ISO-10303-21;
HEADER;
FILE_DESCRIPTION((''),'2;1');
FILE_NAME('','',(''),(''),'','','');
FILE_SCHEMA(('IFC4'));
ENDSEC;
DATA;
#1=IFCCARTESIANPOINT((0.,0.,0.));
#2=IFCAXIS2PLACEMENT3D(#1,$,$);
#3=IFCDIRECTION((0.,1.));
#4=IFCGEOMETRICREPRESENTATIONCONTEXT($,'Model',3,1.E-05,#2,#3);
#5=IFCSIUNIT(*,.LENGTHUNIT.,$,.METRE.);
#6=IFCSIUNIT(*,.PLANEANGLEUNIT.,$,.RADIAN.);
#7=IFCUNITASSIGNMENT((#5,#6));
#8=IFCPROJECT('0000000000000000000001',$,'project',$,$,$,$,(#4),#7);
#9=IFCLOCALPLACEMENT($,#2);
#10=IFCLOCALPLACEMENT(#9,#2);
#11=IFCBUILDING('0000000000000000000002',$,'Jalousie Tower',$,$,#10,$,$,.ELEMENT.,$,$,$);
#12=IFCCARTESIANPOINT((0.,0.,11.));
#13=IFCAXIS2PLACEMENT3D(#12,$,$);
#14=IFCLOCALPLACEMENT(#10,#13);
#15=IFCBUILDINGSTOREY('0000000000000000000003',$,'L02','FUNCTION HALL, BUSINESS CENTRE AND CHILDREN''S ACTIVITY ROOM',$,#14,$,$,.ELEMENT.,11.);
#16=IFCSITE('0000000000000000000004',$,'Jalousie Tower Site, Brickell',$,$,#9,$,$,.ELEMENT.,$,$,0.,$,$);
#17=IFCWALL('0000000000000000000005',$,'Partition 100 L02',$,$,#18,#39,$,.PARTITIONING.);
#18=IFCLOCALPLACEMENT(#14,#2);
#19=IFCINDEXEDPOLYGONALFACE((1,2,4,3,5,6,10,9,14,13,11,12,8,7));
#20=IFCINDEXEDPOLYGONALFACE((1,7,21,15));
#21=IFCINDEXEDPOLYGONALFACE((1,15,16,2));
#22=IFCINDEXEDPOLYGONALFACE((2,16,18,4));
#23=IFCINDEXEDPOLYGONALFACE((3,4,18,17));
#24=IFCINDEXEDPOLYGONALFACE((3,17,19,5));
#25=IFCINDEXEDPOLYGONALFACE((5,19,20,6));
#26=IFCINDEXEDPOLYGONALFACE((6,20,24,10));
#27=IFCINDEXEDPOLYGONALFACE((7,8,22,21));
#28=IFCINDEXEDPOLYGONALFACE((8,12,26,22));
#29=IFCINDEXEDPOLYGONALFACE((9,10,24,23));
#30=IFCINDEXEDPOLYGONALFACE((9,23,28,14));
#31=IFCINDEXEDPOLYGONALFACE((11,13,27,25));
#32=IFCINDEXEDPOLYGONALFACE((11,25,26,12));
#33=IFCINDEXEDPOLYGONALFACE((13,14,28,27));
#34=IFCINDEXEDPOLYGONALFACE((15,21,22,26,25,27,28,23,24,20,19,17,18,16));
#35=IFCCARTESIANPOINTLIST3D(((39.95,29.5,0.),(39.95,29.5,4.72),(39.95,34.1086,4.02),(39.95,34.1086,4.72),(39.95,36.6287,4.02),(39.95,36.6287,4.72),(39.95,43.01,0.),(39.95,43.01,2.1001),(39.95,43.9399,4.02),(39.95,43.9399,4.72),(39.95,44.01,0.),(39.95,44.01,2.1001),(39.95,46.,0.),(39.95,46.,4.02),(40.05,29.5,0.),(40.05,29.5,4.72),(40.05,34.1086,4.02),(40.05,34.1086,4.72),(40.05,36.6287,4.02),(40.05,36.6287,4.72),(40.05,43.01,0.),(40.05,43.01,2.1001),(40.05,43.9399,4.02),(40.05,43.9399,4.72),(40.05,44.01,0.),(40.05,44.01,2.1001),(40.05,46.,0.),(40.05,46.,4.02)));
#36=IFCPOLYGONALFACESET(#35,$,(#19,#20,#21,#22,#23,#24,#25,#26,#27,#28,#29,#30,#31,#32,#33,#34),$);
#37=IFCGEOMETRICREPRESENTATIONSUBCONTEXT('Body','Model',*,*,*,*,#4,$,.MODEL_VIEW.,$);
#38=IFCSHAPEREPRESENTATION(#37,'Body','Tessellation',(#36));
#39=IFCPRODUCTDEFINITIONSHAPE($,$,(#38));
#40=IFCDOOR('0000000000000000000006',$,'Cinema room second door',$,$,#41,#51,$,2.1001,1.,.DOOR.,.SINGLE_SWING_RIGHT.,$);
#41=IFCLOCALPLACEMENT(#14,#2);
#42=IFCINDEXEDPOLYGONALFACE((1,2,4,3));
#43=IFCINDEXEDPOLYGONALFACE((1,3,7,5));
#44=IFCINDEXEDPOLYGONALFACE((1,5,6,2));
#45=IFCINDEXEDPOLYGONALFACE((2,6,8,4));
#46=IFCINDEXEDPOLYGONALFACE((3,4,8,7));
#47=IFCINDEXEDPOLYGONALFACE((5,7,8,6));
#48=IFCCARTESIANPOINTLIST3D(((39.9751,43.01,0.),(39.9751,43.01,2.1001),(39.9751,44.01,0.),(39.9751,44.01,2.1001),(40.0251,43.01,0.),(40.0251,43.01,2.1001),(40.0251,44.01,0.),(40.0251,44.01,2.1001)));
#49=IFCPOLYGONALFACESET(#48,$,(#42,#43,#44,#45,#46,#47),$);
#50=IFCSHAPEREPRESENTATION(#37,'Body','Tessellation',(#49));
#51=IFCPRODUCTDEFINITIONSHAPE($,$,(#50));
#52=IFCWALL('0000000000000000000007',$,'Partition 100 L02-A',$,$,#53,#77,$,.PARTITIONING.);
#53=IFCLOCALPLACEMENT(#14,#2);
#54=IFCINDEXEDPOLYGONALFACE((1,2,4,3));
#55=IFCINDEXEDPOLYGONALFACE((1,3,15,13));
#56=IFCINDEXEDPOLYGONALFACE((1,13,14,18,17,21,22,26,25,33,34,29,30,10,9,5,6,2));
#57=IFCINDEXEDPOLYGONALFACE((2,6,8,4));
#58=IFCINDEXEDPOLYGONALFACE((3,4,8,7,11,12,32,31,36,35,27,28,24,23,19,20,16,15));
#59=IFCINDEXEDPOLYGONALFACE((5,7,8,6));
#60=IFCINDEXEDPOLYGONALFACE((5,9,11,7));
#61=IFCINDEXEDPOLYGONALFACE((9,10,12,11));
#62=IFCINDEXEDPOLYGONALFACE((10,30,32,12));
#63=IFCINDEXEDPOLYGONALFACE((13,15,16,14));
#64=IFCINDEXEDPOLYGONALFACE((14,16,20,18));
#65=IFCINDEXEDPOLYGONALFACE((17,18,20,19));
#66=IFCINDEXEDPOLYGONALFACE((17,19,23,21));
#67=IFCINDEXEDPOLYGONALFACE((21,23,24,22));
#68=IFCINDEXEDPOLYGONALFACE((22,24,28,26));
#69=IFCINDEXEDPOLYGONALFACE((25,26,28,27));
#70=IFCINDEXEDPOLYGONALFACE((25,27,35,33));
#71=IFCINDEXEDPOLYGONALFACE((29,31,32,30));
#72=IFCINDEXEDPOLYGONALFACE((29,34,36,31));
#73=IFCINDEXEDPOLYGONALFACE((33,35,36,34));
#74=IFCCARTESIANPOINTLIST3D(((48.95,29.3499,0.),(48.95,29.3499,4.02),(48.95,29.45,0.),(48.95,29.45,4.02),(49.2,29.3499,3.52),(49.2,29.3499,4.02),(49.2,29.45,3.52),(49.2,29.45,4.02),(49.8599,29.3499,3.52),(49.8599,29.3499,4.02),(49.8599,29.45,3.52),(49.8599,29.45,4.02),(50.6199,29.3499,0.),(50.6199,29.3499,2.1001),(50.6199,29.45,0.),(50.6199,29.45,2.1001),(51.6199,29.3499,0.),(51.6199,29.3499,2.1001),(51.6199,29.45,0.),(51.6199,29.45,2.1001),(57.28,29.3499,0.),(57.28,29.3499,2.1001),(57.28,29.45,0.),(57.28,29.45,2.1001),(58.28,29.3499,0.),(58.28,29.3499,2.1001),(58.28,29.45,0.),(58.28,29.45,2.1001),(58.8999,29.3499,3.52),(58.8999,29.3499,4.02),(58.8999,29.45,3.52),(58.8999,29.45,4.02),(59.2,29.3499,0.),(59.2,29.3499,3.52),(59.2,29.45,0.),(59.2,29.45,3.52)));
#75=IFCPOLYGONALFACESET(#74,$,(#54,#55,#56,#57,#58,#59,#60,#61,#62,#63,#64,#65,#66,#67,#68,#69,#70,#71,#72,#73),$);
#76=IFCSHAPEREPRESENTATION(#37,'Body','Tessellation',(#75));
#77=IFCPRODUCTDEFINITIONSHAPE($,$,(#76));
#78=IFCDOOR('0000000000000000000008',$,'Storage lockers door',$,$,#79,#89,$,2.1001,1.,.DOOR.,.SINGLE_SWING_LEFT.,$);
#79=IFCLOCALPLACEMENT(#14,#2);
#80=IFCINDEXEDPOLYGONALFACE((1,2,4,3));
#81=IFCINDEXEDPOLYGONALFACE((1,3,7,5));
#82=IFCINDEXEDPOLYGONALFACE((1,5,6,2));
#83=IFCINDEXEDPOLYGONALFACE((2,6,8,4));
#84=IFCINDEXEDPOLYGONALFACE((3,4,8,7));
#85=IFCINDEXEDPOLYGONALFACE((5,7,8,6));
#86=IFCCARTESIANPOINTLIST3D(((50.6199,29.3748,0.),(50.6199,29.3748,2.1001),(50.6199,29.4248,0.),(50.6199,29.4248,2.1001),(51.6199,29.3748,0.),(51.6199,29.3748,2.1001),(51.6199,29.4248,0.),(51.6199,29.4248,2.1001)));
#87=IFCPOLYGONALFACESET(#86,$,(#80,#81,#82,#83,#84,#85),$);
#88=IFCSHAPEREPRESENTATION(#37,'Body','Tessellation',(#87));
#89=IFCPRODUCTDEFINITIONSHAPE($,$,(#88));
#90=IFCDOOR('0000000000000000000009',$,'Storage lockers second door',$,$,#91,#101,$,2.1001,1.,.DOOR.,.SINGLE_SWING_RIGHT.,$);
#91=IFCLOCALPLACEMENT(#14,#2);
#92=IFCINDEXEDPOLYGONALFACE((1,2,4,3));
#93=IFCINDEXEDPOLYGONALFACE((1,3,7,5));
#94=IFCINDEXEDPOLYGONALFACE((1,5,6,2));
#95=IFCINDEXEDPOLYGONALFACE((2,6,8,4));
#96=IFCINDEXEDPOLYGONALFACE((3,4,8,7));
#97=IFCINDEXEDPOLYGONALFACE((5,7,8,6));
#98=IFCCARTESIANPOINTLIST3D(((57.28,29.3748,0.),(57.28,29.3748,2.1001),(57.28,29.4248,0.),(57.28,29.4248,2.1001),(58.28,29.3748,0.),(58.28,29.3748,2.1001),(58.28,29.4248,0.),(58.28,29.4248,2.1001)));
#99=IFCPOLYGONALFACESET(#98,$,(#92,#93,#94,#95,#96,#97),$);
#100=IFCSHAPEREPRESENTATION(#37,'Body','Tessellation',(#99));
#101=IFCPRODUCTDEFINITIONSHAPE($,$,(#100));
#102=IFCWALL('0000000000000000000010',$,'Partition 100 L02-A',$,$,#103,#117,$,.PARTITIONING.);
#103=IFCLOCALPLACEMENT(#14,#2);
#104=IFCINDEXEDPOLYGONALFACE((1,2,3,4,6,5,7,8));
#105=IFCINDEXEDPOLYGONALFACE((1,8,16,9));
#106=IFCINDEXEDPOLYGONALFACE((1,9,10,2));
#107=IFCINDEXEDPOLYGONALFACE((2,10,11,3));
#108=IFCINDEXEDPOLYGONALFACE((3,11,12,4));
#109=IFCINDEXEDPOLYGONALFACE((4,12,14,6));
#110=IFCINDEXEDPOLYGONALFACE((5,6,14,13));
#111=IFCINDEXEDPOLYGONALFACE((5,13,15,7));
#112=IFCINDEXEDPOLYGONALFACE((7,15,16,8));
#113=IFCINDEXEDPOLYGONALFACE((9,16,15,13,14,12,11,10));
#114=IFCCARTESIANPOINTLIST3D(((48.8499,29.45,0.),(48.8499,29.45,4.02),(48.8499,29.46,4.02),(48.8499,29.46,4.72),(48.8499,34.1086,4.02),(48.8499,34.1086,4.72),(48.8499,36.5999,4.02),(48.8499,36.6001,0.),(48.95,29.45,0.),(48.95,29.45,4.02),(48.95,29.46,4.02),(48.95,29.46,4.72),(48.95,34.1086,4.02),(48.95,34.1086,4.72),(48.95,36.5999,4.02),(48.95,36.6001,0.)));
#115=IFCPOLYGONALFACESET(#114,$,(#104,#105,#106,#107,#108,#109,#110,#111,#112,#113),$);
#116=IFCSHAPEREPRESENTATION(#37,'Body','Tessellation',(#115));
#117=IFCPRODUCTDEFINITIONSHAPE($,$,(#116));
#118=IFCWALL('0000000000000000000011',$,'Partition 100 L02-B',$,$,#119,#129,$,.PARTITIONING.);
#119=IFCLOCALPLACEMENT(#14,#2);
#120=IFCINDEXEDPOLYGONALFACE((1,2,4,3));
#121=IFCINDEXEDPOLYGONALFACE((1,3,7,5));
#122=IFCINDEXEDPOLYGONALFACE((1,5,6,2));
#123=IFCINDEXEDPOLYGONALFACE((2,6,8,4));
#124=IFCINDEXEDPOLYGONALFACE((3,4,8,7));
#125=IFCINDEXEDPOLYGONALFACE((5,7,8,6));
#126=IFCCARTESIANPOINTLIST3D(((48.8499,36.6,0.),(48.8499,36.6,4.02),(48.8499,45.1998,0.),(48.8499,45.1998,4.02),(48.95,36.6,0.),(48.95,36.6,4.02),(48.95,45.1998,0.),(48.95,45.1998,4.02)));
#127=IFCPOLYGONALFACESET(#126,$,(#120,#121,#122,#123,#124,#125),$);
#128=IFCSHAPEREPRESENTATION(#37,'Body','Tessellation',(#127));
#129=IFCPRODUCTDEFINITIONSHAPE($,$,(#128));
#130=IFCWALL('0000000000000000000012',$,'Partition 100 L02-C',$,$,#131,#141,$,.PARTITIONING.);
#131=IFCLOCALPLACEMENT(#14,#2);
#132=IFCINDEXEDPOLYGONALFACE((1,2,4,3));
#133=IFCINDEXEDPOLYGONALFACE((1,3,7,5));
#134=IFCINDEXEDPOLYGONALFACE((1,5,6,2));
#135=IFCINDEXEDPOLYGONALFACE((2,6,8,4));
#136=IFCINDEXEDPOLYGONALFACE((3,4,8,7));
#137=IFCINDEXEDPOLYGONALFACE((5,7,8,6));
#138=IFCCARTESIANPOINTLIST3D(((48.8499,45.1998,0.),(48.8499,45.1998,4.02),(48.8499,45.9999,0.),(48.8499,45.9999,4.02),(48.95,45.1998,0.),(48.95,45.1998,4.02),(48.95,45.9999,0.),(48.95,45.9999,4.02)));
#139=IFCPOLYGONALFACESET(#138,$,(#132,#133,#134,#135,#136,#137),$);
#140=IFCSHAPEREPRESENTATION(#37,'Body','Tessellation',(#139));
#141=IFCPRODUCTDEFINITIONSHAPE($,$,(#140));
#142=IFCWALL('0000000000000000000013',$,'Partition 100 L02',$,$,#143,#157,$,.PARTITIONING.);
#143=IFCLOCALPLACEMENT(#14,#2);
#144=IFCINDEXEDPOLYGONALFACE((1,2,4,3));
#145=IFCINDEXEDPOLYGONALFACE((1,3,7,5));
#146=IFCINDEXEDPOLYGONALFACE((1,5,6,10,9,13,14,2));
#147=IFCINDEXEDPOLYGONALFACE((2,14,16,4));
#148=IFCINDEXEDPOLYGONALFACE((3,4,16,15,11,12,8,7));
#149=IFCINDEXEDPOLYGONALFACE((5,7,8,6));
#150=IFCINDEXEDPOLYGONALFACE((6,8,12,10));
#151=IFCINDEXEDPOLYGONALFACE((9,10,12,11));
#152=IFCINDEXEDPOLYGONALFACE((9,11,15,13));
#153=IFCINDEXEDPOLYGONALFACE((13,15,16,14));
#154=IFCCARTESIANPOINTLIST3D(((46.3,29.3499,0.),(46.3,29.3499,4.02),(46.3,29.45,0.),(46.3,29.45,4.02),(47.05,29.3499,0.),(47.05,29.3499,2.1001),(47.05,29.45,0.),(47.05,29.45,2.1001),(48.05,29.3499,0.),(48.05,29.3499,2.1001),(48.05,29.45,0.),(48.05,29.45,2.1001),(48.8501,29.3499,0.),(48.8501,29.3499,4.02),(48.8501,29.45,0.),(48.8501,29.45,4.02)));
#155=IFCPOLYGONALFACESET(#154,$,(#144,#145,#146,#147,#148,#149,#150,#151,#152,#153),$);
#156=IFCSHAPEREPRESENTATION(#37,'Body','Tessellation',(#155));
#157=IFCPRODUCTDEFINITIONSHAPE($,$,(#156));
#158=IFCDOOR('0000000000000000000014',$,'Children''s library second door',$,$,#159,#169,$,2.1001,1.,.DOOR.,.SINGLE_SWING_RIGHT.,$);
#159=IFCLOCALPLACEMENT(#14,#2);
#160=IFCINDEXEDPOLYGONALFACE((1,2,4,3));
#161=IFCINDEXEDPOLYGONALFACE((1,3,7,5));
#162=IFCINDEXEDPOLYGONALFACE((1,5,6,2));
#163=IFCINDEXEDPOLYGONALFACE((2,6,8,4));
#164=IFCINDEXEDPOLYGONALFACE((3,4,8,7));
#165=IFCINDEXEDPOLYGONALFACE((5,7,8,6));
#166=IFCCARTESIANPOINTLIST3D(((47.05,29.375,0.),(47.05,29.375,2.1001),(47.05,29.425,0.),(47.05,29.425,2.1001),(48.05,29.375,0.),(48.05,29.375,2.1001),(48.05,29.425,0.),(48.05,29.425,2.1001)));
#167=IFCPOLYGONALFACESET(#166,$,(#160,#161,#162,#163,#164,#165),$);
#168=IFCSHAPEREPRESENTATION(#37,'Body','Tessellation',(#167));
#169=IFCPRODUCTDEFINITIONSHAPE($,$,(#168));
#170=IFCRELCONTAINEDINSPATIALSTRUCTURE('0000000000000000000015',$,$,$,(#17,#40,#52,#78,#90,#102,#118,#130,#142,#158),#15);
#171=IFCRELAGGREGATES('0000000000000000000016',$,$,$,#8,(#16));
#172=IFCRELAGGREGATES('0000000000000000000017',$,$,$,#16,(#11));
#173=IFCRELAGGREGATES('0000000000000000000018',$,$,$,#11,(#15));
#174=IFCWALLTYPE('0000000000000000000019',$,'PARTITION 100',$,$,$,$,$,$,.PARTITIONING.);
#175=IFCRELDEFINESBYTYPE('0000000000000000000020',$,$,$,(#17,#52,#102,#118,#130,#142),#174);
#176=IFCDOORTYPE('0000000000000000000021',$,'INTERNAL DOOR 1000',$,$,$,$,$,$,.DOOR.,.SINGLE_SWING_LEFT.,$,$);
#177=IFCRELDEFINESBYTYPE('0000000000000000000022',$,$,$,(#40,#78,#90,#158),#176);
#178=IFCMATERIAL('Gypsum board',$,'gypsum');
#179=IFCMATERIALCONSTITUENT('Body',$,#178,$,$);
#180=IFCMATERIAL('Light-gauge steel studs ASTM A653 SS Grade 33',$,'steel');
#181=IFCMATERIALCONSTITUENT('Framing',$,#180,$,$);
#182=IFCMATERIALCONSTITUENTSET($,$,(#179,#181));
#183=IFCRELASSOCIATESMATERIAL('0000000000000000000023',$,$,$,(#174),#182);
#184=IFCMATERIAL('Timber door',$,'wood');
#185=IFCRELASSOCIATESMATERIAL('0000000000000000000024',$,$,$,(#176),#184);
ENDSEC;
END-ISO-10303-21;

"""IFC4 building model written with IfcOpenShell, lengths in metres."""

from ifc_helpers import new_model, si_unit, direction, frame, frame_2d, origin, place, context, subcontext, project, spatial, polyline, rectangle, outline, extrude, material, constituent, constituent_set, type_object, element, fill, save


model = new_model("IFC4")

# Units and contexts
model_context = context("Model", 3, precision=1e-05, world=origin(), true_north=direction((0.0, 1.0)))
body_context = subcontext(model_context, "Body", "Model", "MODEL_VIEW")
ifc_project = project(units=[si_unit("LENGTHUNIT", "METRE"), si_unit("PLANEANGLEUNIT", "RADIAN")], contexts=[model_context])

# Site, building, storey
site_placement = place(None, origin())
site = spatial("IfcSite", under=ifc_project, at=site_placement, Name="Jalousie Tower Site, Brickell", CompositionType="ELEMENT", RefElevation=0.0)
building_placement = place(site_placement, origin())
building = spatial("IfcBuilding", under=site, at=building_placement, Name="Jalousie Tower", CompositionType="ELEMENT")
storey_placement = place(building_placement, frame((0.0, 0.0, 11.0)))
storey = spatial("IfcBuildingStorey", under=building, at=storey_placement, Name="L02", Description="FUNCTION HALL, BUSINESS CENTRE AND CHILDREN'S ACTIVITY ROOM", CompositionType="ELEMENT", Elevation=11.0)

# Wall, opening, door
ifc_material_1 = material(Name="Gypsum board", Category="gypsum")
ifc_constituent_1 = constituent(ifc_material_1, Name="Body")
ifc_material_2 = material(Name="Light-gauge steel studs ASTM A653 SS Grade 33", Category="steel")
ifc_constituent_2 = constituent(ifc_material_2, Name="Framing")
ifc_constituent_set_1 = constituent_set(constituents=[ifc_constituent_1, ifc_constituent_2])
wall_type_1 = type_object("IfcWallType", Name="PARTITION 100", PredefinedType="PARTITIONING", material=ifc_constituent_set_1)
wall_1_placement = place(storey_placement, frame((40.0, 29.5, 0.0), z_axis=(0.0, 0.0, 1.0), x_axis=(0.0, 1.0, 0.0)))
wall_1 = element("IfcWall", 1, at=wall_1_placement, inside=storey, type_object=wall_type_1, Name="Partition 100 L02", PredefinedType="PARTITIONING", context=body_context, shape_type="SweptSolid", body=[
    extrude(outline(polyline([(0.0, 0.0), (16.5, 0.0), (16.5, 4.72), (16.5, 4.02), (14.4399, 4.02), (14.4399, 4.72), (7.1287, 4.72), (7.1287, 4.02), (4.6086, 4.02), (4.6086, 4.72), (0.0, 4.72), (0.0, 0.0)])), frame((0.0, 0.05, 0.0), z_axis=(0.0, -1.0, 0.0), x_axis=(1.0, 0.0, 0.0)), (0.0, 0.0, 1.0), 0.1001),
])
opening_1_placement = place(wall_1_placement, frame((13.51, 0.0, 0.0)))
opening_1 = element("IfcOpeningElement", 2, at=opening_1_placement, cuts=wall_1, PredefinedType="OPENING", context=body_context, shape_type="SweptSolid", body=[
    extrude(rectangle(XDim=1.0, YDim=2.1001, at=frame_2d((0.5, 1.05))), frame((0.0, 0.0601, 0.0), z_axis=(0.0, -1.0, 0.0), x_axis=(1.0, 0.0, 0.0)), (0.0, 0.0, 1.0), 0.1201),
])
ifc_material_3 = material(Name="Timber door", Category="wood")
door_type_1 = type_object("IfcDoorType", Name="INTERNAL DOOR 1000", OperationType="SINGLE_SWING_LEFT", PredefinedType="DOOR", material=ifc_material_3)
door_1_placement = place(opening_1_placement, origin())
door_1 = element("IfcDoor", 3, at=door_1_placement, inside=storey, type_object=door_type_1, Name="Cinema room second door", OperationType="SINGLE_SWING_RIGHT", OverallHeight=2.1001, OverallWidth=1.0, PredefinedType="DOOR", context=body_context, shape_type="SweptSolid", body=[
    extrude(rectangle(XDim=1.0, YDim=2.1001, at=frame_2d((0.5, 1.05))), frame((0.0, 0.0249, 0.0), z_axis=(0.0, -1.0, 0.0), x_axis=(1.0, 0.0, 0.0)), (0.0, 0.0, 1.0), 0.05),
])
fill(opening_1, door_1)

# Wall, openings, doors
wall_2_placement = place(storey_placement, frame((48.95, 29.3999, 0.0), z_axis=(0.0, 0.0, 1.0), x_axis=(1.0, 0.0, 0.0)))
wall_2 = element("IfcWall", 4, at=wall_2_placement, inside=storey, type_object=wall_type_1, Name="Partition 100 L02-A", PredefinedType="PARTITIONING", context=body_context, shape_type="SweptSolid", body=[
    extrude(outline(polyline([(0.0, 0.0), (10.25, 0.0), (10.25, 3.52), (9.95, 3.52), (9.95, 4.02), (0.9099, 4.02), (0.9099, 3.52), (0.25, 3.52), (0.25, 4.02), (0.0, 4.02), (0.0, 0.0)])), frame((0.0, 0.05, 0.0), z_axis=(0.0, -1.0, 0.0), x_axis=(1.0, 0.0, 0.0)), (0.0, 0.0, 1.0), 0.1001),
])
opening_2_placement = place(wall_2_placement, frame((1.6699, 0.0, 0.0)))
opening_2 = element("IfcOpeningElement", 5, at=opening_2_placement, cuts=wall_2, PredefinedType="OPENING", context=body_context, shape_type="SweptSolid", body=[
    extrude(rectangle(XDim=1.0, YDim=2.1001, at=frame_2d((0.5, 1.05))), frame((0.0, 0.0601, 0.0), z_axis=(0.0, -1.0, 0.0), x_axis=(1.0, 0.0, 0.0)), (0.0, 0.0, 1.0), 0.1201),
])
opening_3_placement = place(wall_2_placement, frame((8.3301, 0.0, 0.0)))
opening_3 = element("IfcOpeningElement", 6, at=opening_3_placement, cuts=wall_2, PredefinedType="OPENING", context=body_context, shape_type="SweptSolid", body=[
    extrude(rectangle(XDim=1.0, YDim=2.1001, at=frame_2d((0.5, 1.05))), frame((0.0, 0.0601, 0.0), z_axis=(0.0, -1.0, 0.0), x_axis=(1.0, 0.0, 0.0)), (0.0, 0.0, 1.0), 0.1201),
])
door_2_placement = place(opening_2_placement, origin())
door_2 = element("IfcDoor", 7, at=door_2_placement, inside=storey, type_object=door_type_1, Name="Storage lockers door", OperationType="SINGLE_SWING_LEFT", OverallHeight=2.1001, OverallWidth=1.0, PredefinedType="DOOR", context=body_context, shape_type="SweptSolid", body=[
    extrude(rectangle(XDim=1.0, YDim=2.1001, at=frame_2d((0.5, 1.05))), frame((0.0, 0.0249, 0.0), z_axis=(0.0, -1.0, 0.0), x_axis=(1.0, 0.0, 0.0)), (0.0, 0.0, 1.0), 0.05),
])
fill(opening_2, door_2)
door_3_placement = place(opening_3_placement, origin())
door_3 = element("IfcDoor", 8, at=door_3_placement, inside=storey, type_object=door_type_1, Name="Storage lockers second door", OperationType="SINGLE_SWING_RIGHT", OverallHeight=2.1001, OverallWidth=1.0, PredefinedType="DOOR", context=body_context, shape_type="SweptSolid", body=[
    extrude(rectangle(XDim=1.0, YDim=2.1001, at=frame_2d((0.5, 1.05))), frame((0.0, 0.0249, 0.0), z_axis=(0.0, -1.0, 0.0), x_axis=(1.0, 0.0, 0.0)), (0.0, 0.0, 1.0), 0.05),
])
fill(opening_3, door_3)

# Walls
wall_3_placement = place(storey_placement, frame((48.8999, 29.45, 0.0), z_axis=(0.0, 0.0, 1.0), x_axis=(0.0, 1.0, 0.0)))
element("IfcWall", 9, at=wall_3_placement, inside=storey, type_object=wall_type_1, Name="Partition 100 L02-A", PredefinedType="PARTITIONING", context=body_context, shape_type="SweptSolid", body=[
    extrude(outline(polyline([(0.0, 0.0), (7.1501, 0.0), (7.1499, 4.02), (4.6587, 4.02), (4.6587, 4.72), (0.01, 4.72), (0.01, 4.02), (0.0, 4.02), (0.0, 0.0)])), frame((0.0, 0.05, 0.0), z_axis=(0.0, -1.0, 0.0), x_axis=(1.0, 0.0, 0.0)), (0.0, 0.0, 1.0), 0.1001),
])
wall_4_placement = place(storey_placement, frame((48.8999, 36.6001, 0.0), z_axis=(0.0, 0.0, 1.0), x_axis=(0.0, 1.0, 0.0)))
element("IfcWall", 10, at=wall_4_placement, inside=storey, type_object=wall_type_1, Name="Partition 100 L02-B", PredefinedType="PARTITIONING", context=body_context, shape_type="SweptSolid", body=[
    extrude(rectangle(XDim=8.5999, YDim=0.1001, at=frame_2d((4.2998, 0.0))), origin(), (0.0, 0.0, 1.0), 4.02),
])
wall_5_placement = place(storey_placement, frame((48.8999, 45.2, 0.0), z_axis=(0.0, 0.0, 1.0), x_axis=(0.0, 1.0, 0.0)))
element("IfcWall", 11, at=wall_5_placement, inside=storey, type_object=wall_type_1, Name="Partition 100 L02-C", PredefinedType="PARTITIONING", context=body_context, shape_type="SweptSolid", body=[
    extrude(rectangle(XDim=0.8, YDim=0.1001, at=frame_2d((0.3999, 0.0))), origin(), (0.0, 0.0, 1.0), 4.02),
])

# Wall, opening, door
wall_6_placement = place(storey_placement, frame((46.3, 29.3999, 0.0), z_axis=(0.0, 0.0, 1.0), x_axis=(1.0, 0.0, 0.0)))
wall_6 = element("IfcWall", 12, at=wall_6_placement, inside=storey, type_object=wall_type_1, Name="Partition 100 L02", PredefinedType="PARTITIONING", context=body_context, shape_type="SweptSolid", body=[
    extrude(outline(polyline([(0.0, 0.0), (2.55, 0.0), (2.55, 4.72), (2.55, 4.02), (0.0, 4.02), (0.0, 4.72), (0.0, 0.0)])), frame((0.0, 0.05, 0.0), z_axis=(0.0, -1.0, 0.0), x_axis=(1.0, 0.0, 0.0)), (0.0, 0.0, 1.0), 0.1001),
])
opening_4_placement = place(wall_6_placement, frame((0.75, 0.0, 0.0)))
opening_4 = element("IfcOpeningElement", 13, at=opening_4_placement, cuts=wall_6, PredefinedType="OPENING", context=body_context, shape_type="SweptSolid", body=[
    extrude(rectangle(XDim=1.0, YDim=2.1001, at=frame_2d((0.5, 1.05))), frame((0.0, 0.0601, 0.0), z_axis=(0.0, -1.0, 0.0), x_axis=(1.0, 0.0, 0.0)), (0.0, 0.0, 1.0), 0.1201),
])
door_4_placement = place(opening_4_placement, frame((1.0, 0.0, 0.0), z_axis=(0.0, 0.0, 1.0), x_axis=(-1.0, 0.0, 0.0)))
door_4 = element("IfcDoor", 14, at=door_4_placement, inside=storey, type_object=door_type_1, Name="Children's library second door", OperationType="SINGLE_SWING_RIGHT", OverallHeight=2.1001, OverallWidth=1.0, PredefinedType="DOOR", context=body_context, shape_type="SweptSolid", body=[
    extrude(rectangle(XDim=1.0, YDim=2.1001, at=frame_2d((0.5, 1.05))), frame((0.0, 0.0249, 0.0), z_axis=(0.0, -1.0, 0.0), x_axis=(1.0, 0.0, 0.0)), (0.0, 0.0, 1.0), 0.05),
])
fill(opening_4, door_4)

save(model, "model.ifc")
